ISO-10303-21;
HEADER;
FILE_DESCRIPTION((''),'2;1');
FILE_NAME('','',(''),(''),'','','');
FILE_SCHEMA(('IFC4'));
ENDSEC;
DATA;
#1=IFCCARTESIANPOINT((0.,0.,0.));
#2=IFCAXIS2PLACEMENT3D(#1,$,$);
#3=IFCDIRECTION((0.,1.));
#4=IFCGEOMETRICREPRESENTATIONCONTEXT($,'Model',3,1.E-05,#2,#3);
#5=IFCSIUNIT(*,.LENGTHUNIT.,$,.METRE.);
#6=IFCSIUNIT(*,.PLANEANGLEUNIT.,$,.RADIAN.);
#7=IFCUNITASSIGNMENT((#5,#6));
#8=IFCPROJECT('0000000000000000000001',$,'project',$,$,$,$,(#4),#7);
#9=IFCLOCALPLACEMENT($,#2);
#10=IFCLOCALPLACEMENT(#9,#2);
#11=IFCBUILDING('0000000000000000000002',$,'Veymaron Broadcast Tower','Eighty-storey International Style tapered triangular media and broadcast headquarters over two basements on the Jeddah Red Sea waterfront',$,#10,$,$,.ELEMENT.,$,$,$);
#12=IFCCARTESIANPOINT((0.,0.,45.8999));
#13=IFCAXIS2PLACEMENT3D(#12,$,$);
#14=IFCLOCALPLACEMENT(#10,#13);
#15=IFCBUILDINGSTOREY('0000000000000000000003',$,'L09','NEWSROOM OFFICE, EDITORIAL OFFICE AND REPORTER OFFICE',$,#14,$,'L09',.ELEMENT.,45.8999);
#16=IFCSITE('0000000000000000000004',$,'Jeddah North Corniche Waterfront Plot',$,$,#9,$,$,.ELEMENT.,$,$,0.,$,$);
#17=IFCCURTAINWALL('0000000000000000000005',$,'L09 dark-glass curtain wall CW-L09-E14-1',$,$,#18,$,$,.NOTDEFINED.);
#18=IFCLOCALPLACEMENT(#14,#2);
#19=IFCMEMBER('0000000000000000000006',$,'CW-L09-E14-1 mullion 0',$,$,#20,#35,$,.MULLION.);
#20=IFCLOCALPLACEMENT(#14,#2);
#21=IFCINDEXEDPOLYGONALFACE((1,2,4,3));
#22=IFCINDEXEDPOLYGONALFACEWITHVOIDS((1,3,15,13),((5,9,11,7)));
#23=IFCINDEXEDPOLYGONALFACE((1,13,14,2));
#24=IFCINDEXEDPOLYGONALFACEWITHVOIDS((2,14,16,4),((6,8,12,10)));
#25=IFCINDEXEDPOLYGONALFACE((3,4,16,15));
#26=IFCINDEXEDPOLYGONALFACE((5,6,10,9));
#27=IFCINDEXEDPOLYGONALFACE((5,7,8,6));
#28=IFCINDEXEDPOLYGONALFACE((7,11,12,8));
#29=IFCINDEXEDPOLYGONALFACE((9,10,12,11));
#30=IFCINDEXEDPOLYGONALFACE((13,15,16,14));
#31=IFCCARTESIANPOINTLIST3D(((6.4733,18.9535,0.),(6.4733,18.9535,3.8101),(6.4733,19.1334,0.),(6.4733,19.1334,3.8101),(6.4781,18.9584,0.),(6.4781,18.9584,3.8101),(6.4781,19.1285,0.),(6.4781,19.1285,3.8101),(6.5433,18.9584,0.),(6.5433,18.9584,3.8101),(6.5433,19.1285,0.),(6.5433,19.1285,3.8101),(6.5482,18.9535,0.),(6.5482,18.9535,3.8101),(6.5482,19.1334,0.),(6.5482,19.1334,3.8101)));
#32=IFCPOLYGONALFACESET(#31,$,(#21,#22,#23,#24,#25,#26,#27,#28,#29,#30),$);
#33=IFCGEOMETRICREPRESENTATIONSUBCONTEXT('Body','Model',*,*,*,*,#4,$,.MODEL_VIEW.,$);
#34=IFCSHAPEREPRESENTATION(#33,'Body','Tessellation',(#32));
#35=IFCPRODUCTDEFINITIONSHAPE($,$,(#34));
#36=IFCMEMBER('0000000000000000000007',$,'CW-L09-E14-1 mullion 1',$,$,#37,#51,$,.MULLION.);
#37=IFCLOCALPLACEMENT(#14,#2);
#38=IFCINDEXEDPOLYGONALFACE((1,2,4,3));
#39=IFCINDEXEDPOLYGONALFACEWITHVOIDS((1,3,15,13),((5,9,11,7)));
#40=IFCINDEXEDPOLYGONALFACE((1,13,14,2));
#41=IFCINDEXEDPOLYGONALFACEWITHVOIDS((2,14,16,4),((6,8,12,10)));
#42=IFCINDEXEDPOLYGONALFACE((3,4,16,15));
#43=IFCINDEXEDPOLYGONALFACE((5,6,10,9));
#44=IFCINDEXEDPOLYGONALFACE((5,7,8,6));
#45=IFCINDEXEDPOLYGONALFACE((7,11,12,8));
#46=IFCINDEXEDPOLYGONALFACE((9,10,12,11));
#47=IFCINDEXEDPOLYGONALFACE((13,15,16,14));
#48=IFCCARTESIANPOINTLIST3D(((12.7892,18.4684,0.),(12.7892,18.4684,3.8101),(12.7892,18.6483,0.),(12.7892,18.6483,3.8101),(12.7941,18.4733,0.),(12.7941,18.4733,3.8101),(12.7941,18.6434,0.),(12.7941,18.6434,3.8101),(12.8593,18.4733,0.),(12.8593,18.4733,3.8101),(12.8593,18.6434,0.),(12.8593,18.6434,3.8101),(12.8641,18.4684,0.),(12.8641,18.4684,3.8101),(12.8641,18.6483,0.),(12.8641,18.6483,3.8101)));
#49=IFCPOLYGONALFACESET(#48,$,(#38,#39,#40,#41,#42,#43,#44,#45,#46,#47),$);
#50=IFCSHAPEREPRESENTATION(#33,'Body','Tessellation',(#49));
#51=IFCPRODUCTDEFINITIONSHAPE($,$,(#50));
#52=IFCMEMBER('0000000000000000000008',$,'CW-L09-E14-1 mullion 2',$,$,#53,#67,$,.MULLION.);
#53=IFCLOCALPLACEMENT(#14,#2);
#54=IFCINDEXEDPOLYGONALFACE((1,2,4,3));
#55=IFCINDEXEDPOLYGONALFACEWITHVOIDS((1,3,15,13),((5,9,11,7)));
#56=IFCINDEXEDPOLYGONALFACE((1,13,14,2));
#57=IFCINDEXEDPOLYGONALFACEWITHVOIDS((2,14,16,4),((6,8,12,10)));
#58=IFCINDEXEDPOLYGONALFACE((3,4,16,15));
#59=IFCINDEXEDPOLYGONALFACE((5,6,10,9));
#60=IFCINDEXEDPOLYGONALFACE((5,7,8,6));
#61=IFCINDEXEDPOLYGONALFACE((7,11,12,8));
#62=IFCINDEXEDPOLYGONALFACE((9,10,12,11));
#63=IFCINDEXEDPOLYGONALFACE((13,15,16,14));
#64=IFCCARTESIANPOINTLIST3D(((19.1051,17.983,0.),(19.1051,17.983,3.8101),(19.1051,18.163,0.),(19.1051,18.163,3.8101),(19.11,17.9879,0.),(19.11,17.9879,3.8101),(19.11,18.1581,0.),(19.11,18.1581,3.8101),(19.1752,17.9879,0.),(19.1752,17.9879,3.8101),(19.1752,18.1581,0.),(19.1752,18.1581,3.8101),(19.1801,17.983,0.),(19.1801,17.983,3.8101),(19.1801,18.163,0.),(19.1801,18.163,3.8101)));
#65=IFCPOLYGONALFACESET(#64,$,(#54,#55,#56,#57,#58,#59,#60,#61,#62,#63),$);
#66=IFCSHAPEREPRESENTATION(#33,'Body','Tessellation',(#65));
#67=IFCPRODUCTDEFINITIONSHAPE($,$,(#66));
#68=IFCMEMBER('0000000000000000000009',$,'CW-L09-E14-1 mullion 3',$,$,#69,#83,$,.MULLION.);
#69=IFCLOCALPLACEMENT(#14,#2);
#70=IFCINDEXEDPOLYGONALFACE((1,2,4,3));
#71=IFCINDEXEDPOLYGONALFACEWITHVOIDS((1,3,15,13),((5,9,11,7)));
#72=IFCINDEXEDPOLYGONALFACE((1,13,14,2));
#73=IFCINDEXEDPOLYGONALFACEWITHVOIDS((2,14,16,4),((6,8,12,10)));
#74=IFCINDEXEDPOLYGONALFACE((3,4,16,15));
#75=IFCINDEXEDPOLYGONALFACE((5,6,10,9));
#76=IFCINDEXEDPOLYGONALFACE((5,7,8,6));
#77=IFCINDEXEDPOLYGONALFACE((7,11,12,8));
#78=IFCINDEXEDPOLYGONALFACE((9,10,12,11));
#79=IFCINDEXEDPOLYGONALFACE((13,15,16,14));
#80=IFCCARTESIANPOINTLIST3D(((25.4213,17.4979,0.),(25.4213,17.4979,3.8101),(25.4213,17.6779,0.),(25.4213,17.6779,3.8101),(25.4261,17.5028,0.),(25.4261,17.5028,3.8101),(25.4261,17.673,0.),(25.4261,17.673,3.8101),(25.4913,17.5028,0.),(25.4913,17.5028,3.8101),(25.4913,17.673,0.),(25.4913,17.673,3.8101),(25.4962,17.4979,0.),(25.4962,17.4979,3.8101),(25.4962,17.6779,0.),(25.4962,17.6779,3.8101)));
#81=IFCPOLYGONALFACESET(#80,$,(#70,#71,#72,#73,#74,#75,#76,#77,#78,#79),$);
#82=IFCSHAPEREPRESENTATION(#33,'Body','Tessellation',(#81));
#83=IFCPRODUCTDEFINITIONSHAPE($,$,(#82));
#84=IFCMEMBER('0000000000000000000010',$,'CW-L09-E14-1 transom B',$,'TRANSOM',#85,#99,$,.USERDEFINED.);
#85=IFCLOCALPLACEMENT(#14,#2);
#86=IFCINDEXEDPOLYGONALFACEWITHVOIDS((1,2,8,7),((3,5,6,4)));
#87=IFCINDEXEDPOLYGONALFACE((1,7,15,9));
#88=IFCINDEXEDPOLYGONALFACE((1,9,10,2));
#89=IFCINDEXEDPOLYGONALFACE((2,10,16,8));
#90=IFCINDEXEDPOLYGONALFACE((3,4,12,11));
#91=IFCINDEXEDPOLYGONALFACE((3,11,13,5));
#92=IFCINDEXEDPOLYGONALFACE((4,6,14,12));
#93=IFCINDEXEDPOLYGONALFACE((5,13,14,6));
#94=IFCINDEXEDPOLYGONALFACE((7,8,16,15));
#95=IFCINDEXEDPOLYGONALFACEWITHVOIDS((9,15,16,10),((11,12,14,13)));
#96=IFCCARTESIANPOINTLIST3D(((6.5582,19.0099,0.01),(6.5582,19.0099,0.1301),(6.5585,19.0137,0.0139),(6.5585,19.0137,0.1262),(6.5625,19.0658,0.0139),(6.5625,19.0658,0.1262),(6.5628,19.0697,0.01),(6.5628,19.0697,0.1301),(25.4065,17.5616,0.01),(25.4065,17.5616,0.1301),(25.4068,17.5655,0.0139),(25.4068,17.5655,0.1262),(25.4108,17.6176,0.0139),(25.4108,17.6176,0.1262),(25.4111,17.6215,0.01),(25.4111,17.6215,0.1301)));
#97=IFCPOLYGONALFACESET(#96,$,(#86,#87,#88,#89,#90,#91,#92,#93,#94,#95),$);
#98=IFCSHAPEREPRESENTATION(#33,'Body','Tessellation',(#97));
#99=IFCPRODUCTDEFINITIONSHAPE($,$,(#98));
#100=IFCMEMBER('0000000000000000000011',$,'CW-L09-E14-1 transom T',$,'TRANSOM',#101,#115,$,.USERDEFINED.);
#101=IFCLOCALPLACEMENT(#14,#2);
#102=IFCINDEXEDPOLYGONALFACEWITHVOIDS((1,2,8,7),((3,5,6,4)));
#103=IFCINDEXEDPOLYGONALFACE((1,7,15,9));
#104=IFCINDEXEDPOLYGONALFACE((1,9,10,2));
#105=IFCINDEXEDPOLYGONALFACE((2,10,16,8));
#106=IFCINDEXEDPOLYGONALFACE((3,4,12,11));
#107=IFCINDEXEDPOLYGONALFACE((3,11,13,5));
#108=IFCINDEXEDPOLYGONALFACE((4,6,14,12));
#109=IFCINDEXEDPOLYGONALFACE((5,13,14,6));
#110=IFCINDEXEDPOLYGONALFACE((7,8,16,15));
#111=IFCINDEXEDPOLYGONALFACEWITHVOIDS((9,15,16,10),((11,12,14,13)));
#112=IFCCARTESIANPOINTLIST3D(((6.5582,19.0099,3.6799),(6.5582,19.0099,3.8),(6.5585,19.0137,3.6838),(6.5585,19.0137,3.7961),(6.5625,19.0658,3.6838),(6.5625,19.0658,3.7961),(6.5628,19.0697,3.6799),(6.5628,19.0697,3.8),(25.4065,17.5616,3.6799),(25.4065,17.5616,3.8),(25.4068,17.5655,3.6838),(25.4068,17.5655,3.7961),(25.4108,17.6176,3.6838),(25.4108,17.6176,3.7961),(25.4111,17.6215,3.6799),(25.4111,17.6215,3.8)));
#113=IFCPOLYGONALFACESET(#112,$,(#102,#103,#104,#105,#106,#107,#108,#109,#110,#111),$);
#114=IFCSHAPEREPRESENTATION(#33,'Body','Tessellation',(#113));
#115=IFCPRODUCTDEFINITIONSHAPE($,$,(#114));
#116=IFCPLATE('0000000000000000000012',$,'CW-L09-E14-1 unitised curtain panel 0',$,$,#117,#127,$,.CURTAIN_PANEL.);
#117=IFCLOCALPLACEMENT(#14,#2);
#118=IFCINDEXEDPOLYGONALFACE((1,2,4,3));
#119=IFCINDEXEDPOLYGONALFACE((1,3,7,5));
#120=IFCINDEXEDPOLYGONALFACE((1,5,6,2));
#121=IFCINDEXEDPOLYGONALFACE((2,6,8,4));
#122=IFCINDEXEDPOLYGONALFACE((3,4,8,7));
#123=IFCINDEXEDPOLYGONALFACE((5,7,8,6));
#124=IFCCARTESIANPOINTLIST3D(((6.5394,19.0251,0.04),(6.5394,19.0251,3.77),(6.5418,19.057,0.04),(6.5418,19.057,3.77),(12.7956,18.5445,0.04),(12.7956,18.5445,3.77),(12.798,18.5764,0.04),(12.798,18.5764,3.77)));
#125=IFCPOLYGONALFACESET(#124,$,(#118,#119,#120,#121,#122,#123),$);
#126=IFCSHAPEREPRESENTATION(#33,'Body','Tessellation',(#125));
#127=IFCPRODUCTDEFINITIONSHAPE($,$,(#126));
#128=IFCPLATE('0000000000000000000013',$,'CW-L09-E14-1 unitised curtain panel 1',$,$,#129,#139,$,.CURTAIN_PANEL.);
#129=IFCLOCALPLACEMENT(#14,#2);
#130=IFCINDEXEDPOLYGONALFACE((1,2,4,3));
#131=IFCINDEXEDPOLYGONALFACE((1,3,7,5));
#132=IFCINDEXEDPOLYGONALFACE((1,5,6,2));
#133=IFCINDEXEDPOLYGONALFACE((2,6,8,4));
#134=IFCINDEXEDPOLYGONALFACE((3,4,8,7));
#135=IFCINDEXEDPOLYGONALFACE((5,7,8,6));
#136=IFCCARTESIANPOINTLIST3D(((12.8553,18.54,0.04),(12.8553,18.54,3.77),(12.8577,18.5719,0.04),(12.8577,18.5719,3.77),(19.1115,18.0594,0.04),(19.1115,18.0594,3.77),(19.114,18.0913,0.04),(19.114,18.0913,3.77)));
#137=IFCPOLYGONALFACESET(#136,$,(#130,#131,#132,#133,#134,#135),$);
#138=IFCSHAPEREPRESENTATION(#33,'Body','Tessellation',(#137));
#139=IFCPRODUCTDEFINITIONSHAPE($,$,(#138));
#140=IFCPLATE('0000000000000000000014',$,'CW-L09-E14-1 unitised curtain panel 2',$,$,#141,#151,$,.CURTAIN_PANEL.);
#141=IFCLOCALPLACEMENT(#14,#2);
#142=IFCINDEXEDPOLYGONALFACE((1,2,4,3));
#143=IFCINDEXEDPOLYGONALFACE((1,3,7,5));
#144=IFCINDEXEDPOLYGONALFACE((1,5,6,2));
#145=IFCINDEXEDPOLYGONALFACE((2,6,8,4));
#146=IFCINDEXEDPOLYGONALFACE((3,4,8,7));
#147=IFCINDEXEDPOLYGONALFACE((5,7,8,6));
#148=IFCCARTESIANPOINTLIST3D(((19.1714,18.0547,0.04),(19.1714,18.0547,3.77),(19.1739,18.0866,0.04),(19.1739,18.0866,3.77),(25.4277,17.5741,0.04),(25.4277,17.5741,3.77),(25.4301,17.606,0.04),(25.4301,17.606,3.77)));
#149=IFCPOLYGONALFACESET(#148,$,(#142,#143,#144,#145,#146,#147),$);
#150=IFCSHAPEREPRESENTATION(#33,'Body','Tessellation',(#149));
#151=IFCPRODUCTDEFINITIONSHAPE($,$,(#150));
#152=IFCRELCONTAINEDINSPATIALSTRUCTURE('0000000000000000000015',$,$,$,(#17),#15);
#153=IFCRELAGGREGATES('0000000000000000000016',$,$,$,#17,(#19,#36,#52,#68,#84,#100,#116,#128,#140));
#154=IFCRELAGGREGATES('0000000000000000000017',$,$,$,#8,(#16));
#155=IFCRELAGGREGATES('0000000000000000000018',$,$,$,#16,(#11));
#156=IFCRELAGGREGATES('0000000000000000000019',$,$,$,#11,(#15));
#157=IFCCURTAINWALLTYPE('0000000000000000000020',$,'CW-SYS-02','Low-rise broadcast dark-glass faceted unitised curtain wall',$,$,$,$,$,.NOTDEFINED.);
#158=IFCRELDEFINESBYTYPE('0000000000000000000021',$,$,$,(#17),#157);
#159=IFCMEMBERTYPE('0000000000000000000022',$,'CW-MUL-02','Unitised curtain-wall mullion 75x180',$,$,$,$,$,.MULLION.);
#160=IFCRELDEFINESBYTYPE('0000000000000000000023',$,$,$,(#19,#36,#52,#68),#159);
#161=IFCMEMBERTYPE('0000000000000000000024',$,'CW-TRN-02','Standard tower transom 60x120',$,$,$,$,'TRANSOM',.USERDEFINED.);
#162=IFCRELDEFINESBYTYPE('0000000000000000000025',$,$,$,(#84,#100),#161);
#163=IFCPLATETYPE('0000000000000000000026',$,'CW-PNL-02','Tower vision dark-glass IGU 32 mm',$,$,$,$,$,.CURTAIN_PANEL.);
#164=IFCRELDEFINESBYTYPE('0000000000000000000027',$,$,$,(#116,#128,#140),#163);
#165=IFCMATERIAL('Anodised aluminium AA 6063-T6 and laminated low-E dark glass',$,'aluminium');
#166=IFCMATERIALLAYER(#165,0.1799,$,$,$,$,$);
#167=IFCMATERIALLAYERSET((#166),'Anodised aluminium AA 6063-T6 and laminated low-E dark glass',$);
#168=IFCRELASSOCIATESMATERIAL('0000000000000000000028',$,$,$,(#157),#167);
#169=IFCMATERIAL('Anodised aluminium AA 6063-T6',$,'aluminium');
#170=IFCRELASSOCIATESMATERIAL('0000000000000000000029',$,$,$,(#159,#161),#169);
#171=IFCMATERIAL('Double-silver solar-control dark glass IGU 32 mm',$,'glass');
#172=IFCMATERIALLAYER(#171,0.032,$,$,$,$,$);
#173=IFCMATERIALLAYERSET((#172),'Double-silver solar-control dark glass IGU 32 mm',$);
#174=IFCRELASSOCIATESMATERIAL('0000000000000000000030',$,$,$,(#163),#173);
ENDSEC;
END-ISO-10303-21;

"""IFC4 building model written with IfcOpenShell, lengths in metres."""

from ifc_helpers import new_model, si_unit, direction, frame, origin, origin_2d, place, context, subcontext, project, spatial, rectangle, hollow_rectangle, extrude, material, layer, layer_set, material_profile, profile_set, type_object, element, aggregate, save


model = new_model("IFC4")

# Units and contexts
model_context = context("Model", 3, precision=1e-05, world=origin(), true_north=direction((0.0, 1.0)))
body_context = subcontext(model_context, "Body", "Model", "MODEL_VIEW")
ifc_project = project(units=[si_unit("LENGTHUNIT", "METRE"), si_unit("PLANEANGLEUNIT", "RADIAN")], contexts=[model_context])

# Site, building, storey
site_placement = place(None, origin())
site = spatial("IfcSite", under=ifc_project, at=site_placement, Name="Jeddah North Corniche Waterfront Plot", CompositionType="ELEMENT", RefElevation=0.0)
building_placement = place(site_placement, origin())
building = spatial("IfcBuilding", under=site, at=building_placement, Name="Veymaron Broadcast Tower", Description="Eighty-storey International Style tapered triangular media and broadcast headquarters over two basements on the Jeddah Red Sea waterfront", CompositionType="ELEMENT")
storey_placement = place(building_placement, frame((0.0, 0.0, 45.8999)))
storey = spatial("IfcBuildingStorey", under=building, at=storey_placement, Name="L09", Description="NEWSROOM OFFICE, EDITORIAL OFFICE AND REPORTER OFFICE", LongName="L09", CompositionType="ELEMENT", Elevation=45.8999)

# Curtain wall, members, plates
ifc_material_1 = material(Name="Anodised aluminium AA 6063-T6 and laminated low-E dark glass", Category="aluminium")
ifc_layer_1 = layer(ifc_material_1, 0.1799)
ifc_layer_set_1 = layer_set([ifc_layer_1], Name="Anodised aluminium AA 6063-T6 and laminated low-E dark glass")
curtain_wall_type = type_object("IfcCurtainWallType", Name="CW-SYS-02", Description="Low-rise broadcast dark-glass faceted unitised curtain wall", PredefinedType="NOTDEFINED", material=ifc_layer_set_1)
curtain_wall_placement = place(storey_placement, origin())
curtain_wall = element("IfcCurtainWall", 1, at=curtain_wall_placement, inside=storey, type_object=curtain_wall_type, Name="L09 dark-glass curtain wall CW-L09-E14-1", PredefinedType="NOTDEFINED")
ifc_material_2 = material(Name="Anodised aluminium AA 6063-T6", Category="aluminium")
ifc_material_profile_1 = material_profile(ifc_material_2, hollow_rectangle(XDim=0.075, YDim=0.1799, WallThickness=0.0049, at=origin_2d()), Name="AL180X75X5")
ifc_profile_set_1 = profile_set([ifc_material_profile_1], Name="Anodised aluminium AA 6063-T6")
member_type_1 = type_object("IfcMemberType", Name="CW-MUL-02", Description="Unitised curtain-wall mullion 75x180", PredefinedType="MULLION", material=ifc_profile_set_1)
member_1_placement = place(storey_placement, frame((6.5107, 19.0435, 0.0), z_axis=(0.0, 0.0, 1.0), x_axis=(1.0, 0.0, 0.0)))
member_1 = element("IfcMember", 2, at=member_1_placement, type_object=member_type_1, Name="CW-L09-E14-1 mullion 0", PredefinedType="MULLION", context=body_context, shape_type="SweptSolid", body=[
    extrude(hollow_rectangle(XDim=0.075, YDim=0.1799, WallThickness=0.0049, at=origin_2d()), origin(), (0.0, 0.0, 1.0), 3.8101),
])
member_2_placement = place(storey_placement, frame((12.8267, 18.5583, 0.0), z_axis=(0.0, 0.0, 1.0), x_axis=(1.0, 0.0, 0.0)))
member_2 = element("IfcMember", 3, at=member_2_placement, type_object=member_type_1, Name="CW-L09-E14-1 mullion 1", PredefinedType="MULLION", context=body_context, shape_type="SweptSolid", body=[
    extrude(hollow_rectangle(XDim=0.075, YDim=0.1799, WallThickness=0.0049, at=origin_2d()), origin(), (0.0, 0.0, 1.0), 3.8101),
])
member_3_placement = place(storey_placement, frame((19.1426, 18.073, 0.0), z_axis=(0.0, 0.0, 1.0), x_axis=(1.0, 0.0, 0.0)))
member_3 = element("IfcMember", 4, at=member_3_placement, type_object=member_type_1, Name="CW-L09-E14-1 mullion 2", PredefinedType="MULLION", context=body_context, shape_type="SweptSolid", body=[
    extrude(hollow_rectangle(XDim=0.075, YDim=0.1799, WallThickness=0.0049, at=origin_2d()), origin(), (0.0, 0.0, 1.0), 3.8101),
])
member_4_placement = place(storey_placement, frame((25.4587, 17.5879, 0.0), z_axis=(0.0, 0.0, 1.0), x_axis=(1.0, 0.0, 0.0)))
member_4 = element("IfcMember", 5, at=member_4_placement, type_object=member_type_1, Name="CW-L09-E14-1 mullion 3", PredefinedType="MULLION", context=body_context, shape_type="SweptSolid", body=[
    extrude(hollow_rectangle(XDim=0.075, YDim=0.1799, WallThickness=0.0049, at=origin_2d()), origin(), (0.0, 0.0, 1.0), 3.8101),
])
ifc_material_profile_2 = material_profile(ifc_material_2, hollow_rectangle(XDim=0.0601, YDim=0.1201, WallThickness=0.0039, at=origin_2d()), Name="AL120X60X4")
ifc_profile_set_2 = profile_set([ifc_material_profile_2], Name="Anodised aluminium AA 6063-T6")
member_type_2 = type_object("IfcMemberType", Name="CW-TRN-02", Description="Standard tower transom 60x120", ElementType="TRANSOM", PredefinedType="USERDEFINED", material=ifc_profile_set_2)
member_5_placement = place(storey_placement, frame((6.5605, 19.0398, 0.0701), z_axis=(0.997061, -0.076612, 0.0), x_axis=(0.076612, 0.997061, 0.0)))
member_5 = element("IfcMember", 6, at=member_5_placement, type_object=member_type_2, Name="CW-L09-E14-1 transom B", ObjectType="TRANSOM", PredefinedType="USERDEFINED", context=body_context, shape_type="SweptSolid", body=[
    extrude(hollow_rectangle(XDim=0.0601, YDim=0.1201, WallThickness=0.0039, at=origin_2d()), origin(), (0.0, 0.0, 1.0), 18.9038),
])
member_6_placement = place(storey_placement, frame((6.5605, 19.0398, 3.74), z_axis=(0.997061, -0.076612, 0.0), x_axis=(0.076612, 0.997061, 0.0)))
member_6 = element("IfcMember", 7, at=member_6_placement, type_object=member_type_2, Name="CW-L09-E14-1 transom T", ObjectType="TRANSOM", PredefinedType="USERDEFINED", context=body_context, shape_type="SweptSolid", body=[
    extrude(hollow_rectangle(XDim=0.0601, YDim=0.1201, WallThickness=0.0039, at=origin_2d()), origin(), (0.0, 0.0, 1.0), 18.9038),
])
ifc_material_3 = material(Name="Double-silver solar-control dark glass IGU 32 mm", Category="glass")
ifc_layer_2 = layer(ifc_material_3, 0.032)
ifc_layer_set_2 = layer_set([ifc_layer_2], Name="Double-silver solar-control dark glass IGU 32 mm")
plate_type = type_object("IfcPlateType", Name="CW-PNL-02", Description="Tower vision dark-glass IGU 32 mm", PredefinedType="CURTAIN_PANEL", material=ifc_layer_set_2)
plate_1_placement = place(storey_placement, frame((9.6687, 18.8008, 0.04), z_axis=(0.0, 0.0, 1.0), x_axis=(0.997062, -0.076597, 0.0)))
plate_1 = element("IfcPlate", 8, at=plate_1_placement, type_object=plate_type, Name="CW-L09-E14-1 unitised curtain panel 0", PredefinedType="CURTAIN_PANEL", context=body_context, shape_type="SweptSolid", body=[
    extrude(rectangle(XDim=6.2747, YDim=0.032, at=origin_2d()), origin(), (0.0, 0.0, 1.0), 3.73),
])
plate_2_placement = place(storey_placement, frame((15.9846, 18.3157, 0.04), z_axis=(0.0, 0.0, 1.0), x_axis=(0.997062, -0.076597, 0.0)))
plate_2 = element("IfcPlate", 9, at=plate_2_placement, type_object=plate_type, Name="CW-L09-E14-1 unitised curtain panel 1", PredefinedType="CURTAIN_PANEL", context=body_context, shape_type="SweptSolid", body=[
    extrude(rectangle(XDim=6.2747, YDim=0.032, at=origin_2d()), origin(), (0.0, 0.0, 1.0), 3.73),
])
plate_3_placement = place(storey_placement, frame((22.3008, 17.8303, 0.04), z_axis=(0.0, 0.0, 1.0), x_axis=(0.997062, -0.076597, 0.0)))
plate_3 = element("IfcPlate", 10, at=plate_3_placement, type_object=plate_type, Name="CW-L09-E14-1 unitised curtain panel 2", PredefinedType="CURTAIN_PANEL", context=body_context, shape_type="SweptSolid", body=[
    extrude(rectangle(XDim=6.2747, YDim=0.032, at=origin_2d()), origin(), (0.0, 0.0, 1.0), 3.73),
])
aggregate(curtain_wall, [member_1, member_2, member_3, member_4, member_5, member_6, plate_1, plate_2, plate_3])

save(model, "model.ifc")
